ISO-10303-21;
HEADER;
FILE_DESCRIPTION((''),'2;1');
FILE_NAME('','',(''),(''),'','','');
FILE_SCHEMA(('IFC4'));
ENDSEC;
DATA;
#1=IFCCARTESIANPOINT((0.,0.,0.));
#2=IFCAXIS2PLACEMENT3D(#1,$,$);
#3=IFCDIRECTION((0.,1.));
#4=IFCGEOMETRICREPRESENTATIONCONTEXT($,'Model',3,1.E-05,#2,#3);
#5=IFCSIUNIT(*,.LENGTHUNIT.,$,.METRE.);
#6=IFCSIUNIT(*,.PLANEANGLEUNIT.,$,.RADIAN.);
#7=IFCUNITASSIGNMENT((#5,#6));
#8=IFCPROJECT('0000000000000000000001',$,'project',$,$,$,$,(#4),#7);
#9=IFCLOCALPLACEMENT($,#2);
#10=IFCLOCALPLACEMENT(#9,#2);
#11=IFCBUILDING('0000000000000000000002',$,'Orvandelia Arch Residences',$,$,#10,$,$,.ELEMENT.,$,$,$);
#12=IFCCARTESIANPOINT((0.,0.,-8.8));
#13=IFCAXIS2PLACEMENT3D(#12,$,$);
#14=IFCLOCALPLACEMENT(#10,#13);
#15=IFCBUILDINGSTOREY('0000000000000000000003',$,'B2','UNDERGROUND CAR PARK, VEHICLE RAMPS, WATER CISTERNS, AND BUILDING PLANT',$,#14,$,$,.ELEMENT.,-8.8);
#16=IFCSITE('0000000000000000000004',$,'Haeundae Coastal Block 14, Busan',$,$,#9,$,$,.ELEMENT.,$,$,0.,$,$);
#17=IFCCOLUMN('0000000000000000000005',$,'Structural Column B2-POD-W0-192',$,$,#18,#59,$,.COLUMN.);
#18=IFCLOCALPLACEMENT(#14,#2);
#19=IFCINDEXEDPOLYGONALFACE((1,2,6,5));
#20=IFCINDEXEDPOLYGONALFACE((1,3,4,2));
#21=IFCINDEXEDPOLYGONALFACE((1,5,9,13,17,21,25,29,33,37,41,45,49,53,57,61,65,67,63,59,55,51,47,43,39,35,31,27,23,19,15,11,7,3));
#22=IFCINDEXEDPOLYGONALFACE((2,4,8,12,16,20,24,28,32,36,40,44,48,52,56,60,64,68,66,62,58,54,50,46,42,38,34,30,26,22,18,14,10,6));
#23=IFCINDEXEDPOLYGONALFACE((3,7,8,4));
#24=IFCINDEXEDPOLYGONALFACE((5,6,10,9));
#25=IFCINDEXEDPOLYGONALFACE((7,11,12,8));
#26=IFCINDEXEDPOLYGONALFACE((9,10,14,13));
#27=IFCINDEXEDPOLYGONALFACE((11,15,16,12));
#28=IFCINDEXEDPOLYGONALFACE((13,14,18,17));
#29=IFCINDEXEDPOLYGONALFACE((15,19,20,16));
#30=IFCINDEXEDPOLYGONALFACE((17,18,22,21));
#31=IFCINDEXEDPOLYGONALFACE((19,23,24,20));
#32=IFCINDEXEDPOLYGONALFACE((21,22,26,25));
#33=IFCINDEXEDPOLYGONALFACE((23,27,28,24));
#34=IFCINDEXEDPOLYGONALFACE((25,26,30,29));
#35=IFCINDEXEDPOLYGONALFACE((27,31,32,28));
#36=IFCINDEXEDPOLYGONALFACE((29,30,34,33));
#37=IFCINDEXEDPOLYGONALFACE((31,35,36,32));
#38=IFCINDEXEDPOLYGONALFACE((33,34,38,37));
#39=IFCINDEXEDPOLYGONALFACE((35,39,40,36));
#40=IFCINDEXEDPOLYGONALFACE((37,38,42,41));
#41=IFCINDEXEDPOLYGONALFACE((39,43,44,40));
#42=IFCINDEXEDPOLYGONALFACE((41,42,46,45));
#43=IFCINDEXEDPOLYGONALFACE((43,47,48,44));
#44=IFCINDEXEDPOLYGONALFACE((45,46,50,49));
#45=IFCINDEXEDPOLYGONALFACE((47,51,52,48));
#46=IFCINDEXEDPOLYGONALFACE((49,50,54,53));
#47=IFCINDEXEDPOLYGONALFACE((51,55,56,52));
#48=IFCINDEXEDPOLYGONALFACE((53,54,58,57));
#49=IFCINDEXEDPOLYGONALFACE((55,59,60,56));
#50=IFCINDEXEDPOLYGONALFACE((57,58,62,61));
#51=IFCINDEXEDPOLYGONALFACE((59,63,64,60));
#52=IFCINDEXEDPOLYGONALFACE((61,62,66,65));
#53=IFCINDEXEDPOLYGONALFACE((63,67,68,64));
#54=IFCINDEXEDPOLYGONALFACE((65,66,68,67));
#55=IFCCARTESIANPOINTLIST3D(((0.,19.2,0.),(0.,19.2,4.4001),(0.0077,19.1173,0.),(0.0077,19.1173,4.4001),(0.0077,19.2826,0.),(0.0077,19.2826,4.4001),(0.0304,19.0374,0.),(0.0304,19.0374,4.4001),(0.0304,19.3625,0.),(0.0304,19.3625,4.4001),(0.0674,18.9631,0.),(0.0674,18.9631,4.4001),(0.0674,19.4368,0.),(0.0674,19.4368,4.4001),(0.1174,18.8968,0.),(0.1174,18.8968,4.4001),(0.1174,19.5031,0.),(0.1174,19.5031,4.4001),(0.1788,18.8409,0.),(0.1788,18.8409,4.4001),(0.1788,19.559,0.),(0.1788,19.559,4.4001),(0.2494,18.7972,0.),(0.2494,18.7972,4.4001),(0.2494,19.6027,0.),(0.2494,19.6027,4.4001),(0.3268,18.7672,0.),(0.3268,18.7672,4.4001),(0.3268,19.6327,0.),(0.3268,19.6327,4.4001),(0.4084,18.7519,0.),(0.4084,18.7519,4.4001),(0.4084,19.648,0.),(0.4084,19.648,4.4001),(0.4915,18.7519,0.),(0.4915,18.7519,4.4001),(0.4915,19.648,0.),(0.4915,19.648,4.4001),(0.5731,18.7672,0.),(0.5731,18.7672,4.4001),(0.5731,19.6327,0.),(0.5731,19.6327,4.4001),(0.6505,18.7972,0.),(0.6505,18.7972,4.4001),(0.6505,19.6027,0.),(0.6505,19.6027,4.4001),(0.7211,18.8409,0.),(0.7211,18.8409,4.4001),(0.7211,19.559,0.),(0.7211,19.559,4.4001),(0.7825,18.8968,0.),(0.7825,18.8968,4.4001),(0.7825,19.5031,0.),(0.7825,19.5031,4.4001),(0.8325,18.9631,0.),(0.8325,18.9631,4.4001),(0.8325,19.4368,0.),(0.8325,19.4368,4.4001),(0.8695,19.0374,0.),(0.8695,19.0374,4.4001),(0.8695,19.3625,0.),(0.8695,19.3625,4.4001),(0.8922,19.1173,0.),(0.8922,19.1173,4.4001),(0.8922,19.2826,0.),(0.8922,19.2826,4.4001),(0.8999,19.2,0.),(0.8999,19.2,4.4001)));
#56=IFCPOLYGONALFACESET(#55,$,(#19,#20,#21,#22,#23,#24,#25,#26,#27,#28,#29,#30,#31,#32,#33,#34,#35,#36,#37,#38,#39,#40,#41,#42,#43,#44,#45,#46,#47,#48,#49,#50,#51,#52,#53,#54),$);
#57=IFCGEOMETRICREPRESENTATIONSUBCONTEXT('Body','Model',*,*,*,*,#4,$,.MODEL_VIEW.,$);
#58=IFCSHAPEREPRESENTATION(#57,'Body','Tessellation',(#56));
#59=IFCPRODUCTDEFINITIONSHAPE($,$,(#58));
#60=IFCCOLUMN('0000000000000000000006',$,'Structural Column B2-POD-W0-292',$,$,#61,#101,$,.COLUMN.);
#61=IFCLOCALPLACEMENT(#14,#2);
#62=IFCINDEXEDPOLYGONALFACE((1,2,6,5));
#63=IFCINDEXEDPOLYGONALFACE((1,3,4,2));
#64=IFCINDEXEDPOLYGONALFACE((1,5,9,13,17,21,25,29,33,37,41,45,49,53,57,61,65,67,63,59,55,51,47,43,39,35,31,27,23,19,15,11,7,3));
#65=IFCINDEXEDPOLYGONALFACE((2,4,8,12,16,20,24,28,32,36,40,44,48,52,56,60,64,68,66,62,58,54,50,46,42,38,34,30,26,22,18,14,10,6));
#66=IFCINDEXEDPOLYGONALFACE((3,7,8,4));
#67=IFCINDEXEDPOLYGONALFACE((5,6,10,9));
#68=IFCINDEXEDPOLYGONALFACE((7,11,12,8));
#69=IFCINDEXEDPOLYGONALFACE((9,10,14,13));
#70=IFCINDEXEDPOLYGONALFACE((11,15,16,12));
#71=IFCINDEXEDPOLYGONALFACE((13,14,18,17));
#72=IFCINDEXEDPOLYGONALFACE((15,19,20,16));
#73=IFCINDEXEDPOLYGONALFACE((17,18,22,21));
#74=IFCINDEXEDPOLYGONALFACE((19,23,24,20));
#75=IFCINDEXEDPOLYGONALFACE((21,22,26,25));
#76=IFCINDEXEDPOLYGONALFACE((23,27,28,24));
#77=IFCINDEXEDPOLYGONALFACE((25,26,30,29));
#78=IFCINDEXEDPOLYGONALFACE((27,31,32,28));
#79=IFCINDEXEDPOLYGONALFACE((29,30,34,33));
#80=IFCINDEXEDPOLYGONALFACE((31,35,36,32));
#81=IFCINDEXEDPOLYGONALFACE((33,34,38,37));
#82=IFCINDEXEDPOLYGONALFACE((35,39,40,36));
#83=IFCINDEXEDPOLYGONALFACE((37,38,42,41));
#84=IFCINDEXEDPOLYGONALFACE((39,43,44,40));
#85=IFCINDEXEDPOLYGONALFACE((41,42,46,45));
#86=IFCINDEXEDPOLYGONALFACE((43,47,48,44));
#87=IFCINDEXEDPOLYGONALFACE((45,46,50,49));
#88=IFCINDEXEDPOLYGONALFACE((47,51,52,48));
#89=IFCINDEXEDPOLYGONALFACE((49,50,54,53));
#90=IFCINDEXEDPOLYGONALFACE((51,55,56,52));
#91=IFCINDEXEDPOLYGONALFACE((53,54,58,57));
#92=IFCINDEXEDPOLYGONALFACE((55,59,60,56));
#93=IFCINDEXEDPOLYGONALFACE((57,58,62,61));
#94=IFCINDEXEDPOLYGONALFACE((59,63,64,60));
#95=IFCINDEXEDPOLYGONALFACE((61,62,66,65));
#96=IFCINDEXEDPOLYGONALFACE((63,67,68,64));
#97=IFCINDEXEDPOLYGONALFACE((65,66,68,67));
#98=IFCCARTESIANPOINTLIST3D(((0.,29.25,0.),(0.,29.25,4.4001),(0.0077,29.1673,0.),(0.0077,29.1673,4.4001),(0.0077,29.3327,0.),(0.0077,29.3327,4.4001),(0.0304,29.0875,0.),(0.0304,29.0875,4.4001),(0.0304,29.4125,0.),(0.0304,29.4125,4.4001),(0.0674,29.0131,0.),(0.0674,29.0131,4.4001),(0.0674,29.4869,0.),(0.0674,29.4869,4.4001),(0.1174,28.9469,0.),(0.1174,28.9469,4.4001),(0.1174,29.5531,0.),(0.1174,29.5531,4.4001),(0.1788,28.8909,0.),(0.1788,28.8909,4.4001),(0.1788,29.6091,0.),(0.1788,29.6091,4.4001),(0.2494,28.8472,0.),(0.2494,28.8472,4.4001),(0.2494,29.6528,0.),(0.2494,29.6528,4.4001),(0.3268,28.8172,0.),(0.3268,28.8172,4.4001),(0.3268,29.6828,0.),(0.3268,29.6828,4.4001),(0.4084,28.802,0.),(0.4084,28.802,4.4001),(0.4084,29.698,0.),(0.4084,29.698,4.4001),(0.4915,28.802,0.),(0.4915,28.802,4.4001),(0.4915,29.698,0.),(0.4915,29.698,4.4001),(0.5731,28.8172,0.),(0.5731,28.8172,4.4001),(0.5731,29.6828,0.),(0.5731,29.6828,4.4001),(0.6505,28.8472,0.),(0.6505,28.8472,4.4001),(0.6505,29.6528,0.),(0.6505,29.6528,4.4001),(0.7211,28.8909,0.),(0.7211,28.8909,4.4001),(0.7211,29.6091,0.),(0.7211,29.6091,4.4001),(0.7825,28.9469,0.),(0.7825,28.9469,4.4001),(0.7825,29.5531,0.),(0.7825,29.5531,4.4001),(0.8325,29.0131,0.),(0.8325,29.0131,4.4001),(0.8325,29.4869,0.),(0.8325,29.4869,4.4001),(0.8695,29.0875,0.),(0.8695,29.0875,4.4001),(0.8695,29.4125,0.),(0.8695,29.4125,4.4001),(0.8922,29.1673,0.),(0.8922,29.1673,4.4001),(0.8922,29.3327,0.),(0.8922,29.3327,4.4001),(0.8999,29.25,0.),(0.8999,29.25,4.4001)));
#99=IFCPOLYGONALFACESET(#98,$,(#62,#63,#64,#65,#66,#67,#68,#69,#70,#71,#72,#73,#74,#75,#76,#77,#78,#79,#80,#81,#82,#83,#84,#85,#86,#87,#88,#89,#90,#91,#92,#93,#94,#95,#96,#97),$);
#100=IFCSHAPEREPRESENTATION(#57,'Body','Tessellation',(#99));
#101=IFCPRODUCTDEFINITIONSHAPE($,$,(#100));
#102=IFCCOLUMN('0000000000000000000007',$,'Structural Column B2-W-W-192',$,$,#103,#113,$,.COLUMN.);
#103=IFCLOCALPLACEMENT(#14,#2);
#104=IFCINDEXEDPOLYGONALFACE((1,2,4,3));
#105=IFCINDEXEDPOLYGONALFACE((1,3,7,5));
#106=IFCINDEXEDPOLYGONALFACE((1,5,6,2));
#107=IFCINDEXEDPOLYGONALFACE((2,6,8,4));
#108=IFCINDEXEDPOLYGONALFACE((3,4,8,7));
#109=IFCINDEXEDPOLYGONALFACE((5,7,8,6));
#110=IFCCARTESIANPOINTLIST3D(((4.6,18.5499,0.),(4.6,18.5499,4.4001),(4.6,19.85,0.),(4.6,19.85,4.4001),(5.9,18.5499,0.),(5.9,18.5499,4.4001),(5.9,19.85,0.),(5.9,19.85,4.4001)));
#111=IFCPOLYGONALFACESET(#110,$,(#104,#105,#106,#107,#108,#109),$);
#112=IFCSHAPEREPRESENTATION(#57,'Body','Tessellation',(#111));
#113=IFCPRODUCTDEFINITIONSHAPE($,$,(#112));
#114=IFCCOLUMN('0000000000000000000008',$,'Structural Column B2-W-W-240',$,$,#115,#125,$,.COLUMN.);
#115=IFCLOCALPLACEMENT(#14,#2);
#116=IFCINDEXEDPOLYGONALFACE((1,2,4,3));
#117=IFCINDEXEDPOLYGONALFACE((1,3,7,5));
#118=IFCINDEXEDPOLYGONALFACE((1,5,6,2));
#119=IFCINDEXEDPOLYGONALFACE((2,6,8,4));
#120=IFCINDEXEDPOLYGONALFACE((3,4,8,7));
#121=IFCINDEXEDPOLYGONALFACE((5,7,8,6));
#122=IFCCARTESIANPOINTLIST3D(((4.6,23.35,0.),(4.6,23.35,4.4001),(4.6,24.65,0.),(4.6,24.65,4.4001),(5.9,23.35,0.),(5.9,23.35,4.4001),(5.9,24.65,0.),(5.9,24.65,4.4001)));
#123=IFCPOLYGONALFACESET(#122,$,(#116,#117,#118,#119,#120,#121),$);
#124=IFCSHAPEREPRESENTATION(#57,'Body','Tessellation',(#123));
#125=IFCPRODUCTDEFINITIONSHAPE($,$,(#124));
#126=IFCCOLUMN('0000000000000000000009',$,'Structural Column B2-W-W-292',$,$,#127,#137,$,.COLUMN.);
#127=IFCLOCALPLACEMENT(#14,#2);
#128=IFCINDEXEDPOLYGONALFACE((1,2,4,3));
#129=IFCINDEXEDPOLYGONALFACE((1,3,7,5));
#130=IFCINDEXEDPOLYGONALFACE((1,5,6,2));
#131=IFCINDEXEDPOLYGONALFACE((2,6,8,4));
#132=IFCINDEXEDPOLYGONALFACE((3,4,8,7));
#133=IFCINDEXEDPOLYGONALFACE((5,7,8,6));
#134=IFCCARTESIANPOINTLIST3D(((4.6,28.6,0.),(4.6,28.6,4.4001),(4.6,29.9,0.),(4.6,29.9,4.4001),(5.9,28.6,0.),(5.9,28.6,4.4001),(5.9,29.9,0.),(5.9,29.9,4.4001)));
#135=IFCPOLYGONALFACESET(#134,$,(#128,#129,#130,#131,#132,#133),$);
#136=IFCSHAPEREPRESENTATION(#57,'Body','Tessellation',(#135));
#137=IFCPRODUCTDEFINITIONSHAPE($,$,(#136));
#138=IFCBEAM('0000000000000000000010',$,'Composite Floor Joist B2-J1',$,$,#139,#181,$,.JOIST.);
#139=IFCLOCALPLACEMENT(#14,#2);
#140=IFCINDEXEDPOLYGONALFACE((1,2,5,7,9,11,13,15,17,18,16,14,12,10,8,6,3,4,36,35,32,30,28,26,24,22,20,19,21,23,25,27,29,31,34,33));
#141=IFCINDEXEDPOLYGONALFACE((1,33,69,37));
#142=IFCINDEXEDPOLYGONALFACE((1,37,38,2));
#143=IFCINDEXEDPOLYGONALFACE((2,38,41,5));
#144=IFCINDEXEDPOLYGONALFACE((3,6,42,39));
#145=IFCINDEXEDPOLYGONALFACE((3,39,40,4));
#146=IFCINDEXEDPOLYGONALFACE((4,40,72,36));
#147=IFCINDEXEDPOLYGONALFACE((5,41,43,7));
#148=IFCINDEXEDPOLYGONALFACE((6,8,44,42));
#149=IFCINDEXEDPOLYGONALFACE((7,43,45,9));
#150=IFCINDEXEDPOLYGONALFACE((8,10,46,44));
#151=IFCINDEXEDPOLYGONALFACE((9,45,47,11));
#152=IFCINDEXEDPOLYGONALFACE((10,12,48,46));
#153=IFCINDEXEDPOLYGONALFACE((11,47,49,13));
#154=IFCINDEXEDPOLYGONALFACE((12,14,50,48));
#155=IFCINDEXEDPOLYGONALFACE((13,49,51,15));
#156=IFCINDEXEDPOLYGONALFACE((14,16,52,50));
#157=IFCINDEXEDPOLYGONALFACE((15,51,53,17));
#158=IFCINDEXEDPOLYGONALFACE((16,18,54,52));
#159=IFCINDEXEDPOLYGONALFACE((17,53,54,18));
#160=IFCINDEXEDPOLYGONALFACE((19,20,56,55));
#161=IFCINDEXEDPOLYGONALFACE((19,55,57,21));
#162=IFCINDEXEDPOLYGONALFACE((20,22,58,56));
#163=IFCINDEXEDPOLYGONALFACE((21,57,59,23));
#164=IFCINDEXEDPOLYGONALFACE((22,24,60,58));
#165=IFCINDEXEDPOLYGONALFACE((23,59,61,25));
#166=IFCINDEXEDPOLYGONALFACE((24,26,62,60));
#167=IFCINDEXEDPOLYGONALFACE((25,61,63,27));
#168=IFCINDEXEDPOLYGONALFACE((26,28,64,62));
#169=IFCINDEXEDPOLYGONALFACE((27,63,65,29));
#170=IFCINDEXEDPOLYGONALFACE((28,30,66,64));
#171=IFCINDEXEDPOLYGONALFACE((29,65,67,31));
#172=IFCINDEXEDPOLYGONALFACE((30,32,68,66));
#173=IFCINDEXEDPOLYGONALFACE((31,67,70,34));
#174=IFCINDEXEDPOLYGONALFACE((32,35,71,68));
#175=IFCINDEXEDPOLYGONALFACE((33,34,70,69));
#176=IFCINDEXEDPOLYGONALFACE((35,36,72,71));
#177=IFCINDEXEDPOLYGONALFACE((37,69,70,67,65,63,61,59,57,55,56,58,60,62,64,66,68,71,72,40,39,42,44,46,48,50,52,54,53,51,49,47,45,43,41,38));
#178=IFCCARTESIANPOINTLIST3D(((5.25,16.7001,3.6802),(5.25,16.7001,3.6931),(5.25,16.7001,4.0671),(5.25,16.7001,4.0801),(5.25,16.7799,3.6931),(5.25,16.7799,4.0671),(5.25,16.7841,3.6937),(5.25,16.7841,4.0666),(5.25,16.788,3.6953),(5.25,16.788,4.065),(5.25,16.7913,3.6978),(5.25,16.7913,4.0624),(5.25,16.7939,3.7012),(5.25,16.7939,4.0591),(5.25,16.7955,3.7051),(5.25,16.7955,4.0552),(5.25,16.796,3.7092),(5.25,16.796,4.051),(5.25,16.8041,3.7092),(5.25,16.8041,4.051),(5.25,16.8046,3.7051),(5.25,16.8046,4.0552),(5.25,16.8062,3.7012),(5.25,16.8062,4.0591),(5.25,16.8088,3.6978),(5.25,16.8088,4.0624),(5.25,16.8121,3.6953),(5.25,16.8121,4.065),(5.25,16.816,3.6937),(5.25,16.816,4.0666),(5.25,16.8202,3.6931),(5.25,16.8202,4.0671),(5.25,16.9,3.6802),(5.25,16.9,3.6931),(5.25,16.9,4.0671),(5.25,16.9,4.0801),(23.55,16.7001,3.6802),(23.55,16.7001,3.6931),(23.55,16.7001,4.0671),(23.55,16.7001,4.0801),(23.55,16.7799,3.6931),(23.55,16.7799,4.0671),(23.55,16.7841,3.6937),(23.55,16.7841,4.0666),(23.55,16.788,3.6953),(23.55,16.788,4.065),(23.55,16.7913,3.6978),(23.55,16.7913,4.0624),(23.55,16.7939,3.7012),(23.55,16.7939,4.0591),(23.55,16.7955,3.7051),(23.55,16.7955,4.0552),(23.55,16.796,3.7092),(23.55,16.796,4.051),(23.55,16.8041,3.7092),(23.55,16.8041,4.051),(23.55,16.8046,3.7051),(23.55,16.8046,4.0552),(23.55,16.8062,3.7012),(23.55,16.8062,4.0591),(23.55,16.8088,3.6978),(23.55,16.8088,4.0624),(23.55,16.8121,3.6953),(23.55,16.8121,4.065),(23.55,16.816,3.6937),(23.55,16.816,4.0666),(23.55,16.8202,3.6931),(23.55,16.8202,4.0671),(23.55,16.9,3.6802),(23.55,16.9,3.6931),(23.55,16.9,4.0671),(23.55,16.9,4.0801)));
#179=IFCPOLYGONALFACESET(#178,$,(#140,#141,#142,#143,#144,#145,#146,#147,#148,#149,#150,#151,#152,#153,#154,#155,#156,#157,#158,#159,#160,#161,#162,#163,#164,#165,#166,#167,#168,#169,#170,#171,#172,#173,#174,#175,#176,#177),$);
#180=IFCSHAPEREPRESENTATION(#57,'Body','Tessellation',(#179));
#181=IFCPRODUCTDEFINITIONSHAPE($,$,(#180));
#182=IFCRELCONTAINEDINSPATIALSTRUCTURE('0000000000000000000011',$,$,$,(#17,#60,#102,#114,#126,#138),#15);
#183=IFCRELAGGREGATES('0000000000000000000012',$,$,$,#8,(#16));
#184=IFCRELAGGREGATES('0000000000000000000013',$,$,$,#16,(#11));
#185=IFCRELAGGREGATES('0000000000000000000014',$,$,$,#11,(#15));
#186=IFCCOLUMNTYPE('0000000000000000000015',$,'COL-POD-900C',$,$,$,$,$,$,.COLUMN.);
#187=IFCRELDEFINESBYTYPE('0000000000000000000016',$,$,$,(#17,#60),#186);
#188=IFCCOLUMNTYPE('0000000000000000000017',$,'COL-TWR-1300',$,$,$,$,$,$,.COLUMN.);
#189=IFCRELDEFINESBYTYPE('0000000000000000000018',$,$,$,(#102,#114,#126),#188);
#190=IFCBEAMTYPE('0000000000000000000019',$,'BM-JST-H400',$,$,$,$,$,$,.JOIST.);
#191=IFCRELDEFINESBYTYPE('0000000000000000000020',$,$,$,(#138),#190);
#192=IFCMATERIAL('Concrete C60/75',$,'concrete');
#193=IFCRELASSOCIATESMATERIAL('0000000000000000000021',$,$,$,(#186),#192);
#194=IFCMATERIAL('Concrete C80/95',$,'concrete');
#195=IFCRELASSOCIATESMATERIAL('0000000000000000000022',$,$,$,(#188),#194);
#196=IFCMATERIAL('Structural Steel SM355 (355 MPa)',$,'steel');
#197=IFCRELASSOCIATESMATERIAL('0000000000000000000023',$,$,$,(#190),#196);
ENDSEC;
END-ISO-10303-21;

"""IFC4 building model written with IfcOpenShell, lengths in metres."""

from ifc_helpers import new_model, si_unit, direction, frame, origin, origin_2d, place, context, subcontext, project, spatial, rectangle, circle, i_section, extrude, material, material_profile, profile_set, type_object, element, save


model = new_model("IFC4")

# Units and contexts
model_context = context("Model", 3, precision=1e-05, world=origin(), true_north=direction((0.0, 1.0)))
body_context = subcontext(model_context, "Body", "Model", "MODEL_VIEW")
ifc_project = project(units=[si_unit("LENGTHUNIT", "METRE"), si_unit("PLANEANGLEUNIT", "RADIAN")], contexts=[model_context])

# Site, building, storey
site_placement = place(None, origin())
site = spatial("IfcSite", under=ifc_project, at=site_placement, Name="Haeundae Coastal Block 14, Busan", CompositionType="ELEMENT", RefElevation=0.0)
building_placement = place(site_placement, origin())
building = spatial("IfcBuilding", under=site, at=building_placement, Name="Orvandelia Arch Residences", CompositionType="ELEMENT")
storey_placement = place(building_placement, frame((0.0, 0.0, -8.8)))
storey = spatial("IfcBuildingStorey", under=building, at=storey_placement, Name="B2", Description="UNDERGROUND CAR PARK, VEHICLE RAMPS, WATER CISTERNS, AND BUILDING PLANT", CompositionType="ELEMENT", Elevation=-8.8)

# Columns
ifc_material_1 = material(Name="Concrete C60/75", Category="concrete")
ifc_material_profile_1 = material_profile(ifc_material_1, circle(Radius=0.45, at=origin_2d()), Name="Concrete C60/75", Category="concrete")
ifc_profile_set_1 = profile_set([ifc_material_profile_1], Name="Concrete C60/75")
column_type_1 = type_object("IfcColumnType", Name="COL-POD-900C", PredefinedType="COLUMN", material=ifc_profile_set_1)
for number, where, z_axis, x_axis, name in (
    (1, (0.45, 19.2, 0.0), (0.0, 0.0, 1.0), (1.0, 0.0, 0.0), "Structural Column B2-POD-W0-192"),
    (2, (0.45, 29.25, 0.0), (0.0, 0.0, 1.0), (1.0, 0.0, 0.0), "Structural Column B2-POD-W0-292"),
):
    element("IfcColumn", number, at=place(storey_placement, frame(where, z_axis=z_axis, x_axis=x_axis)), inside=storey, type_object=column_type_1, Name=name, PredefinedType="COLUMN", context=body_context, shape_type="SweptSolid", body=[
        extrude(circle(Radius=0.45, at=origin_2d()), origin(), (0.0, 0.0, 1.0), 4.4001),
    ])
ifc_material_2 = material(Name="Concrete C80/95", Category="concrete")
ifc_material_profile_2 = material_profile(ifc_material_2, rectangle(XDim=1.3, YDim=1.3, at=origin_2d()), Name="Concrete C80/95", Category="concrete")
ifc_profile_set_2 = profile_set([ifc_material_profile_2], Name="Concrete C80/95")
column_type_2 = type_object("IfcColumnType", Name="COL-TWR-1300", PredefinedType="COLUMN", material=ifc_profile_set_2)
for number, where, z_axis, x_axis, name in (
    (3, (5.25, 19.2, 0.0), (0.0, 0.0, 1.0), (1.0, 0.0, 0.0), "Structural Column B2-W-W-192"),
    (4, (5.25, 24.0, 0.0), (0.0, 0.0, 1.0), (1.0, 0.0, 0.0), "Structural Column B2-W-W-240"),
    (5, (5.25, 29.25, 0.0), (0.0, 0.0, 1.0), (1.0, 0.0, 0.0), "Structural Column B2-W-W-292"),
):
    element("IfcColumn", number, at=place(storey_placement, frame(where, z_axis=z_axis, x_axis=x_axis)), inside=storey, type_object=column_type_2, Name=name, PredefinedType="COLUMN", context=body_context, shape_type="SweptSolid", body=[
        extrude(rectangle(XDim=1.3, YDim=1.3, at=origin_2d()), origin(), (0.0, 0.0, 1.0), 4.4001),
    ])

# Beam
ifc_material_3 = material(Name="Structural Steel SM355 (355 MPa)", Category="steel")
ifc_material_profile_3 = material_profile(ifc_material_3, i_section(OverallWidth=0.2, OverallDepth=0.3999, WebThickness=0.0081, FlangeThickness=0.0129, FilletRadius=0.0161, at=origin_2d()), Name="Structural Steel SM355 (355 MPa)", Category="steel")
ifc_profile_set_3 = profile_set([ifc_material_profile_3], Name="Structural Steel SM355 (355 MPa)")
beam_type_1 = type_object("IfcBeamType", Name="BM-JST-H400", PredefinedType="JOIST", material=ifc_profile_set_3)
for number, where, z_axis, x_axis, name in (
    (6, (5.25, 16.8, 3.8801), (1.0, 0.0, 0.0), (0.0, 1.0, 0.0), "Composite Floor Joist B2-J1"),
):
    element("IfcBeam", number, at=place(storey_placement, frame(where, z_axis=z_axis, x_axis=x_axis)), inside=storey, type_object=beam_type_1, Name=name, PredefinedType="JOIST", context=body_context, shape_type="SweptSolid", body=[
        extrude(i_section(OverallWidth=0.2, OverallDepth=0.3999, WebThickness=0.0081, FlangeThickness=0.0129, FilletRadius=0.0161, at=origin_2d()), origin(), (0.0, 0.0, 1.0), 18.3),
    ])

save(model, "model.ifc")
